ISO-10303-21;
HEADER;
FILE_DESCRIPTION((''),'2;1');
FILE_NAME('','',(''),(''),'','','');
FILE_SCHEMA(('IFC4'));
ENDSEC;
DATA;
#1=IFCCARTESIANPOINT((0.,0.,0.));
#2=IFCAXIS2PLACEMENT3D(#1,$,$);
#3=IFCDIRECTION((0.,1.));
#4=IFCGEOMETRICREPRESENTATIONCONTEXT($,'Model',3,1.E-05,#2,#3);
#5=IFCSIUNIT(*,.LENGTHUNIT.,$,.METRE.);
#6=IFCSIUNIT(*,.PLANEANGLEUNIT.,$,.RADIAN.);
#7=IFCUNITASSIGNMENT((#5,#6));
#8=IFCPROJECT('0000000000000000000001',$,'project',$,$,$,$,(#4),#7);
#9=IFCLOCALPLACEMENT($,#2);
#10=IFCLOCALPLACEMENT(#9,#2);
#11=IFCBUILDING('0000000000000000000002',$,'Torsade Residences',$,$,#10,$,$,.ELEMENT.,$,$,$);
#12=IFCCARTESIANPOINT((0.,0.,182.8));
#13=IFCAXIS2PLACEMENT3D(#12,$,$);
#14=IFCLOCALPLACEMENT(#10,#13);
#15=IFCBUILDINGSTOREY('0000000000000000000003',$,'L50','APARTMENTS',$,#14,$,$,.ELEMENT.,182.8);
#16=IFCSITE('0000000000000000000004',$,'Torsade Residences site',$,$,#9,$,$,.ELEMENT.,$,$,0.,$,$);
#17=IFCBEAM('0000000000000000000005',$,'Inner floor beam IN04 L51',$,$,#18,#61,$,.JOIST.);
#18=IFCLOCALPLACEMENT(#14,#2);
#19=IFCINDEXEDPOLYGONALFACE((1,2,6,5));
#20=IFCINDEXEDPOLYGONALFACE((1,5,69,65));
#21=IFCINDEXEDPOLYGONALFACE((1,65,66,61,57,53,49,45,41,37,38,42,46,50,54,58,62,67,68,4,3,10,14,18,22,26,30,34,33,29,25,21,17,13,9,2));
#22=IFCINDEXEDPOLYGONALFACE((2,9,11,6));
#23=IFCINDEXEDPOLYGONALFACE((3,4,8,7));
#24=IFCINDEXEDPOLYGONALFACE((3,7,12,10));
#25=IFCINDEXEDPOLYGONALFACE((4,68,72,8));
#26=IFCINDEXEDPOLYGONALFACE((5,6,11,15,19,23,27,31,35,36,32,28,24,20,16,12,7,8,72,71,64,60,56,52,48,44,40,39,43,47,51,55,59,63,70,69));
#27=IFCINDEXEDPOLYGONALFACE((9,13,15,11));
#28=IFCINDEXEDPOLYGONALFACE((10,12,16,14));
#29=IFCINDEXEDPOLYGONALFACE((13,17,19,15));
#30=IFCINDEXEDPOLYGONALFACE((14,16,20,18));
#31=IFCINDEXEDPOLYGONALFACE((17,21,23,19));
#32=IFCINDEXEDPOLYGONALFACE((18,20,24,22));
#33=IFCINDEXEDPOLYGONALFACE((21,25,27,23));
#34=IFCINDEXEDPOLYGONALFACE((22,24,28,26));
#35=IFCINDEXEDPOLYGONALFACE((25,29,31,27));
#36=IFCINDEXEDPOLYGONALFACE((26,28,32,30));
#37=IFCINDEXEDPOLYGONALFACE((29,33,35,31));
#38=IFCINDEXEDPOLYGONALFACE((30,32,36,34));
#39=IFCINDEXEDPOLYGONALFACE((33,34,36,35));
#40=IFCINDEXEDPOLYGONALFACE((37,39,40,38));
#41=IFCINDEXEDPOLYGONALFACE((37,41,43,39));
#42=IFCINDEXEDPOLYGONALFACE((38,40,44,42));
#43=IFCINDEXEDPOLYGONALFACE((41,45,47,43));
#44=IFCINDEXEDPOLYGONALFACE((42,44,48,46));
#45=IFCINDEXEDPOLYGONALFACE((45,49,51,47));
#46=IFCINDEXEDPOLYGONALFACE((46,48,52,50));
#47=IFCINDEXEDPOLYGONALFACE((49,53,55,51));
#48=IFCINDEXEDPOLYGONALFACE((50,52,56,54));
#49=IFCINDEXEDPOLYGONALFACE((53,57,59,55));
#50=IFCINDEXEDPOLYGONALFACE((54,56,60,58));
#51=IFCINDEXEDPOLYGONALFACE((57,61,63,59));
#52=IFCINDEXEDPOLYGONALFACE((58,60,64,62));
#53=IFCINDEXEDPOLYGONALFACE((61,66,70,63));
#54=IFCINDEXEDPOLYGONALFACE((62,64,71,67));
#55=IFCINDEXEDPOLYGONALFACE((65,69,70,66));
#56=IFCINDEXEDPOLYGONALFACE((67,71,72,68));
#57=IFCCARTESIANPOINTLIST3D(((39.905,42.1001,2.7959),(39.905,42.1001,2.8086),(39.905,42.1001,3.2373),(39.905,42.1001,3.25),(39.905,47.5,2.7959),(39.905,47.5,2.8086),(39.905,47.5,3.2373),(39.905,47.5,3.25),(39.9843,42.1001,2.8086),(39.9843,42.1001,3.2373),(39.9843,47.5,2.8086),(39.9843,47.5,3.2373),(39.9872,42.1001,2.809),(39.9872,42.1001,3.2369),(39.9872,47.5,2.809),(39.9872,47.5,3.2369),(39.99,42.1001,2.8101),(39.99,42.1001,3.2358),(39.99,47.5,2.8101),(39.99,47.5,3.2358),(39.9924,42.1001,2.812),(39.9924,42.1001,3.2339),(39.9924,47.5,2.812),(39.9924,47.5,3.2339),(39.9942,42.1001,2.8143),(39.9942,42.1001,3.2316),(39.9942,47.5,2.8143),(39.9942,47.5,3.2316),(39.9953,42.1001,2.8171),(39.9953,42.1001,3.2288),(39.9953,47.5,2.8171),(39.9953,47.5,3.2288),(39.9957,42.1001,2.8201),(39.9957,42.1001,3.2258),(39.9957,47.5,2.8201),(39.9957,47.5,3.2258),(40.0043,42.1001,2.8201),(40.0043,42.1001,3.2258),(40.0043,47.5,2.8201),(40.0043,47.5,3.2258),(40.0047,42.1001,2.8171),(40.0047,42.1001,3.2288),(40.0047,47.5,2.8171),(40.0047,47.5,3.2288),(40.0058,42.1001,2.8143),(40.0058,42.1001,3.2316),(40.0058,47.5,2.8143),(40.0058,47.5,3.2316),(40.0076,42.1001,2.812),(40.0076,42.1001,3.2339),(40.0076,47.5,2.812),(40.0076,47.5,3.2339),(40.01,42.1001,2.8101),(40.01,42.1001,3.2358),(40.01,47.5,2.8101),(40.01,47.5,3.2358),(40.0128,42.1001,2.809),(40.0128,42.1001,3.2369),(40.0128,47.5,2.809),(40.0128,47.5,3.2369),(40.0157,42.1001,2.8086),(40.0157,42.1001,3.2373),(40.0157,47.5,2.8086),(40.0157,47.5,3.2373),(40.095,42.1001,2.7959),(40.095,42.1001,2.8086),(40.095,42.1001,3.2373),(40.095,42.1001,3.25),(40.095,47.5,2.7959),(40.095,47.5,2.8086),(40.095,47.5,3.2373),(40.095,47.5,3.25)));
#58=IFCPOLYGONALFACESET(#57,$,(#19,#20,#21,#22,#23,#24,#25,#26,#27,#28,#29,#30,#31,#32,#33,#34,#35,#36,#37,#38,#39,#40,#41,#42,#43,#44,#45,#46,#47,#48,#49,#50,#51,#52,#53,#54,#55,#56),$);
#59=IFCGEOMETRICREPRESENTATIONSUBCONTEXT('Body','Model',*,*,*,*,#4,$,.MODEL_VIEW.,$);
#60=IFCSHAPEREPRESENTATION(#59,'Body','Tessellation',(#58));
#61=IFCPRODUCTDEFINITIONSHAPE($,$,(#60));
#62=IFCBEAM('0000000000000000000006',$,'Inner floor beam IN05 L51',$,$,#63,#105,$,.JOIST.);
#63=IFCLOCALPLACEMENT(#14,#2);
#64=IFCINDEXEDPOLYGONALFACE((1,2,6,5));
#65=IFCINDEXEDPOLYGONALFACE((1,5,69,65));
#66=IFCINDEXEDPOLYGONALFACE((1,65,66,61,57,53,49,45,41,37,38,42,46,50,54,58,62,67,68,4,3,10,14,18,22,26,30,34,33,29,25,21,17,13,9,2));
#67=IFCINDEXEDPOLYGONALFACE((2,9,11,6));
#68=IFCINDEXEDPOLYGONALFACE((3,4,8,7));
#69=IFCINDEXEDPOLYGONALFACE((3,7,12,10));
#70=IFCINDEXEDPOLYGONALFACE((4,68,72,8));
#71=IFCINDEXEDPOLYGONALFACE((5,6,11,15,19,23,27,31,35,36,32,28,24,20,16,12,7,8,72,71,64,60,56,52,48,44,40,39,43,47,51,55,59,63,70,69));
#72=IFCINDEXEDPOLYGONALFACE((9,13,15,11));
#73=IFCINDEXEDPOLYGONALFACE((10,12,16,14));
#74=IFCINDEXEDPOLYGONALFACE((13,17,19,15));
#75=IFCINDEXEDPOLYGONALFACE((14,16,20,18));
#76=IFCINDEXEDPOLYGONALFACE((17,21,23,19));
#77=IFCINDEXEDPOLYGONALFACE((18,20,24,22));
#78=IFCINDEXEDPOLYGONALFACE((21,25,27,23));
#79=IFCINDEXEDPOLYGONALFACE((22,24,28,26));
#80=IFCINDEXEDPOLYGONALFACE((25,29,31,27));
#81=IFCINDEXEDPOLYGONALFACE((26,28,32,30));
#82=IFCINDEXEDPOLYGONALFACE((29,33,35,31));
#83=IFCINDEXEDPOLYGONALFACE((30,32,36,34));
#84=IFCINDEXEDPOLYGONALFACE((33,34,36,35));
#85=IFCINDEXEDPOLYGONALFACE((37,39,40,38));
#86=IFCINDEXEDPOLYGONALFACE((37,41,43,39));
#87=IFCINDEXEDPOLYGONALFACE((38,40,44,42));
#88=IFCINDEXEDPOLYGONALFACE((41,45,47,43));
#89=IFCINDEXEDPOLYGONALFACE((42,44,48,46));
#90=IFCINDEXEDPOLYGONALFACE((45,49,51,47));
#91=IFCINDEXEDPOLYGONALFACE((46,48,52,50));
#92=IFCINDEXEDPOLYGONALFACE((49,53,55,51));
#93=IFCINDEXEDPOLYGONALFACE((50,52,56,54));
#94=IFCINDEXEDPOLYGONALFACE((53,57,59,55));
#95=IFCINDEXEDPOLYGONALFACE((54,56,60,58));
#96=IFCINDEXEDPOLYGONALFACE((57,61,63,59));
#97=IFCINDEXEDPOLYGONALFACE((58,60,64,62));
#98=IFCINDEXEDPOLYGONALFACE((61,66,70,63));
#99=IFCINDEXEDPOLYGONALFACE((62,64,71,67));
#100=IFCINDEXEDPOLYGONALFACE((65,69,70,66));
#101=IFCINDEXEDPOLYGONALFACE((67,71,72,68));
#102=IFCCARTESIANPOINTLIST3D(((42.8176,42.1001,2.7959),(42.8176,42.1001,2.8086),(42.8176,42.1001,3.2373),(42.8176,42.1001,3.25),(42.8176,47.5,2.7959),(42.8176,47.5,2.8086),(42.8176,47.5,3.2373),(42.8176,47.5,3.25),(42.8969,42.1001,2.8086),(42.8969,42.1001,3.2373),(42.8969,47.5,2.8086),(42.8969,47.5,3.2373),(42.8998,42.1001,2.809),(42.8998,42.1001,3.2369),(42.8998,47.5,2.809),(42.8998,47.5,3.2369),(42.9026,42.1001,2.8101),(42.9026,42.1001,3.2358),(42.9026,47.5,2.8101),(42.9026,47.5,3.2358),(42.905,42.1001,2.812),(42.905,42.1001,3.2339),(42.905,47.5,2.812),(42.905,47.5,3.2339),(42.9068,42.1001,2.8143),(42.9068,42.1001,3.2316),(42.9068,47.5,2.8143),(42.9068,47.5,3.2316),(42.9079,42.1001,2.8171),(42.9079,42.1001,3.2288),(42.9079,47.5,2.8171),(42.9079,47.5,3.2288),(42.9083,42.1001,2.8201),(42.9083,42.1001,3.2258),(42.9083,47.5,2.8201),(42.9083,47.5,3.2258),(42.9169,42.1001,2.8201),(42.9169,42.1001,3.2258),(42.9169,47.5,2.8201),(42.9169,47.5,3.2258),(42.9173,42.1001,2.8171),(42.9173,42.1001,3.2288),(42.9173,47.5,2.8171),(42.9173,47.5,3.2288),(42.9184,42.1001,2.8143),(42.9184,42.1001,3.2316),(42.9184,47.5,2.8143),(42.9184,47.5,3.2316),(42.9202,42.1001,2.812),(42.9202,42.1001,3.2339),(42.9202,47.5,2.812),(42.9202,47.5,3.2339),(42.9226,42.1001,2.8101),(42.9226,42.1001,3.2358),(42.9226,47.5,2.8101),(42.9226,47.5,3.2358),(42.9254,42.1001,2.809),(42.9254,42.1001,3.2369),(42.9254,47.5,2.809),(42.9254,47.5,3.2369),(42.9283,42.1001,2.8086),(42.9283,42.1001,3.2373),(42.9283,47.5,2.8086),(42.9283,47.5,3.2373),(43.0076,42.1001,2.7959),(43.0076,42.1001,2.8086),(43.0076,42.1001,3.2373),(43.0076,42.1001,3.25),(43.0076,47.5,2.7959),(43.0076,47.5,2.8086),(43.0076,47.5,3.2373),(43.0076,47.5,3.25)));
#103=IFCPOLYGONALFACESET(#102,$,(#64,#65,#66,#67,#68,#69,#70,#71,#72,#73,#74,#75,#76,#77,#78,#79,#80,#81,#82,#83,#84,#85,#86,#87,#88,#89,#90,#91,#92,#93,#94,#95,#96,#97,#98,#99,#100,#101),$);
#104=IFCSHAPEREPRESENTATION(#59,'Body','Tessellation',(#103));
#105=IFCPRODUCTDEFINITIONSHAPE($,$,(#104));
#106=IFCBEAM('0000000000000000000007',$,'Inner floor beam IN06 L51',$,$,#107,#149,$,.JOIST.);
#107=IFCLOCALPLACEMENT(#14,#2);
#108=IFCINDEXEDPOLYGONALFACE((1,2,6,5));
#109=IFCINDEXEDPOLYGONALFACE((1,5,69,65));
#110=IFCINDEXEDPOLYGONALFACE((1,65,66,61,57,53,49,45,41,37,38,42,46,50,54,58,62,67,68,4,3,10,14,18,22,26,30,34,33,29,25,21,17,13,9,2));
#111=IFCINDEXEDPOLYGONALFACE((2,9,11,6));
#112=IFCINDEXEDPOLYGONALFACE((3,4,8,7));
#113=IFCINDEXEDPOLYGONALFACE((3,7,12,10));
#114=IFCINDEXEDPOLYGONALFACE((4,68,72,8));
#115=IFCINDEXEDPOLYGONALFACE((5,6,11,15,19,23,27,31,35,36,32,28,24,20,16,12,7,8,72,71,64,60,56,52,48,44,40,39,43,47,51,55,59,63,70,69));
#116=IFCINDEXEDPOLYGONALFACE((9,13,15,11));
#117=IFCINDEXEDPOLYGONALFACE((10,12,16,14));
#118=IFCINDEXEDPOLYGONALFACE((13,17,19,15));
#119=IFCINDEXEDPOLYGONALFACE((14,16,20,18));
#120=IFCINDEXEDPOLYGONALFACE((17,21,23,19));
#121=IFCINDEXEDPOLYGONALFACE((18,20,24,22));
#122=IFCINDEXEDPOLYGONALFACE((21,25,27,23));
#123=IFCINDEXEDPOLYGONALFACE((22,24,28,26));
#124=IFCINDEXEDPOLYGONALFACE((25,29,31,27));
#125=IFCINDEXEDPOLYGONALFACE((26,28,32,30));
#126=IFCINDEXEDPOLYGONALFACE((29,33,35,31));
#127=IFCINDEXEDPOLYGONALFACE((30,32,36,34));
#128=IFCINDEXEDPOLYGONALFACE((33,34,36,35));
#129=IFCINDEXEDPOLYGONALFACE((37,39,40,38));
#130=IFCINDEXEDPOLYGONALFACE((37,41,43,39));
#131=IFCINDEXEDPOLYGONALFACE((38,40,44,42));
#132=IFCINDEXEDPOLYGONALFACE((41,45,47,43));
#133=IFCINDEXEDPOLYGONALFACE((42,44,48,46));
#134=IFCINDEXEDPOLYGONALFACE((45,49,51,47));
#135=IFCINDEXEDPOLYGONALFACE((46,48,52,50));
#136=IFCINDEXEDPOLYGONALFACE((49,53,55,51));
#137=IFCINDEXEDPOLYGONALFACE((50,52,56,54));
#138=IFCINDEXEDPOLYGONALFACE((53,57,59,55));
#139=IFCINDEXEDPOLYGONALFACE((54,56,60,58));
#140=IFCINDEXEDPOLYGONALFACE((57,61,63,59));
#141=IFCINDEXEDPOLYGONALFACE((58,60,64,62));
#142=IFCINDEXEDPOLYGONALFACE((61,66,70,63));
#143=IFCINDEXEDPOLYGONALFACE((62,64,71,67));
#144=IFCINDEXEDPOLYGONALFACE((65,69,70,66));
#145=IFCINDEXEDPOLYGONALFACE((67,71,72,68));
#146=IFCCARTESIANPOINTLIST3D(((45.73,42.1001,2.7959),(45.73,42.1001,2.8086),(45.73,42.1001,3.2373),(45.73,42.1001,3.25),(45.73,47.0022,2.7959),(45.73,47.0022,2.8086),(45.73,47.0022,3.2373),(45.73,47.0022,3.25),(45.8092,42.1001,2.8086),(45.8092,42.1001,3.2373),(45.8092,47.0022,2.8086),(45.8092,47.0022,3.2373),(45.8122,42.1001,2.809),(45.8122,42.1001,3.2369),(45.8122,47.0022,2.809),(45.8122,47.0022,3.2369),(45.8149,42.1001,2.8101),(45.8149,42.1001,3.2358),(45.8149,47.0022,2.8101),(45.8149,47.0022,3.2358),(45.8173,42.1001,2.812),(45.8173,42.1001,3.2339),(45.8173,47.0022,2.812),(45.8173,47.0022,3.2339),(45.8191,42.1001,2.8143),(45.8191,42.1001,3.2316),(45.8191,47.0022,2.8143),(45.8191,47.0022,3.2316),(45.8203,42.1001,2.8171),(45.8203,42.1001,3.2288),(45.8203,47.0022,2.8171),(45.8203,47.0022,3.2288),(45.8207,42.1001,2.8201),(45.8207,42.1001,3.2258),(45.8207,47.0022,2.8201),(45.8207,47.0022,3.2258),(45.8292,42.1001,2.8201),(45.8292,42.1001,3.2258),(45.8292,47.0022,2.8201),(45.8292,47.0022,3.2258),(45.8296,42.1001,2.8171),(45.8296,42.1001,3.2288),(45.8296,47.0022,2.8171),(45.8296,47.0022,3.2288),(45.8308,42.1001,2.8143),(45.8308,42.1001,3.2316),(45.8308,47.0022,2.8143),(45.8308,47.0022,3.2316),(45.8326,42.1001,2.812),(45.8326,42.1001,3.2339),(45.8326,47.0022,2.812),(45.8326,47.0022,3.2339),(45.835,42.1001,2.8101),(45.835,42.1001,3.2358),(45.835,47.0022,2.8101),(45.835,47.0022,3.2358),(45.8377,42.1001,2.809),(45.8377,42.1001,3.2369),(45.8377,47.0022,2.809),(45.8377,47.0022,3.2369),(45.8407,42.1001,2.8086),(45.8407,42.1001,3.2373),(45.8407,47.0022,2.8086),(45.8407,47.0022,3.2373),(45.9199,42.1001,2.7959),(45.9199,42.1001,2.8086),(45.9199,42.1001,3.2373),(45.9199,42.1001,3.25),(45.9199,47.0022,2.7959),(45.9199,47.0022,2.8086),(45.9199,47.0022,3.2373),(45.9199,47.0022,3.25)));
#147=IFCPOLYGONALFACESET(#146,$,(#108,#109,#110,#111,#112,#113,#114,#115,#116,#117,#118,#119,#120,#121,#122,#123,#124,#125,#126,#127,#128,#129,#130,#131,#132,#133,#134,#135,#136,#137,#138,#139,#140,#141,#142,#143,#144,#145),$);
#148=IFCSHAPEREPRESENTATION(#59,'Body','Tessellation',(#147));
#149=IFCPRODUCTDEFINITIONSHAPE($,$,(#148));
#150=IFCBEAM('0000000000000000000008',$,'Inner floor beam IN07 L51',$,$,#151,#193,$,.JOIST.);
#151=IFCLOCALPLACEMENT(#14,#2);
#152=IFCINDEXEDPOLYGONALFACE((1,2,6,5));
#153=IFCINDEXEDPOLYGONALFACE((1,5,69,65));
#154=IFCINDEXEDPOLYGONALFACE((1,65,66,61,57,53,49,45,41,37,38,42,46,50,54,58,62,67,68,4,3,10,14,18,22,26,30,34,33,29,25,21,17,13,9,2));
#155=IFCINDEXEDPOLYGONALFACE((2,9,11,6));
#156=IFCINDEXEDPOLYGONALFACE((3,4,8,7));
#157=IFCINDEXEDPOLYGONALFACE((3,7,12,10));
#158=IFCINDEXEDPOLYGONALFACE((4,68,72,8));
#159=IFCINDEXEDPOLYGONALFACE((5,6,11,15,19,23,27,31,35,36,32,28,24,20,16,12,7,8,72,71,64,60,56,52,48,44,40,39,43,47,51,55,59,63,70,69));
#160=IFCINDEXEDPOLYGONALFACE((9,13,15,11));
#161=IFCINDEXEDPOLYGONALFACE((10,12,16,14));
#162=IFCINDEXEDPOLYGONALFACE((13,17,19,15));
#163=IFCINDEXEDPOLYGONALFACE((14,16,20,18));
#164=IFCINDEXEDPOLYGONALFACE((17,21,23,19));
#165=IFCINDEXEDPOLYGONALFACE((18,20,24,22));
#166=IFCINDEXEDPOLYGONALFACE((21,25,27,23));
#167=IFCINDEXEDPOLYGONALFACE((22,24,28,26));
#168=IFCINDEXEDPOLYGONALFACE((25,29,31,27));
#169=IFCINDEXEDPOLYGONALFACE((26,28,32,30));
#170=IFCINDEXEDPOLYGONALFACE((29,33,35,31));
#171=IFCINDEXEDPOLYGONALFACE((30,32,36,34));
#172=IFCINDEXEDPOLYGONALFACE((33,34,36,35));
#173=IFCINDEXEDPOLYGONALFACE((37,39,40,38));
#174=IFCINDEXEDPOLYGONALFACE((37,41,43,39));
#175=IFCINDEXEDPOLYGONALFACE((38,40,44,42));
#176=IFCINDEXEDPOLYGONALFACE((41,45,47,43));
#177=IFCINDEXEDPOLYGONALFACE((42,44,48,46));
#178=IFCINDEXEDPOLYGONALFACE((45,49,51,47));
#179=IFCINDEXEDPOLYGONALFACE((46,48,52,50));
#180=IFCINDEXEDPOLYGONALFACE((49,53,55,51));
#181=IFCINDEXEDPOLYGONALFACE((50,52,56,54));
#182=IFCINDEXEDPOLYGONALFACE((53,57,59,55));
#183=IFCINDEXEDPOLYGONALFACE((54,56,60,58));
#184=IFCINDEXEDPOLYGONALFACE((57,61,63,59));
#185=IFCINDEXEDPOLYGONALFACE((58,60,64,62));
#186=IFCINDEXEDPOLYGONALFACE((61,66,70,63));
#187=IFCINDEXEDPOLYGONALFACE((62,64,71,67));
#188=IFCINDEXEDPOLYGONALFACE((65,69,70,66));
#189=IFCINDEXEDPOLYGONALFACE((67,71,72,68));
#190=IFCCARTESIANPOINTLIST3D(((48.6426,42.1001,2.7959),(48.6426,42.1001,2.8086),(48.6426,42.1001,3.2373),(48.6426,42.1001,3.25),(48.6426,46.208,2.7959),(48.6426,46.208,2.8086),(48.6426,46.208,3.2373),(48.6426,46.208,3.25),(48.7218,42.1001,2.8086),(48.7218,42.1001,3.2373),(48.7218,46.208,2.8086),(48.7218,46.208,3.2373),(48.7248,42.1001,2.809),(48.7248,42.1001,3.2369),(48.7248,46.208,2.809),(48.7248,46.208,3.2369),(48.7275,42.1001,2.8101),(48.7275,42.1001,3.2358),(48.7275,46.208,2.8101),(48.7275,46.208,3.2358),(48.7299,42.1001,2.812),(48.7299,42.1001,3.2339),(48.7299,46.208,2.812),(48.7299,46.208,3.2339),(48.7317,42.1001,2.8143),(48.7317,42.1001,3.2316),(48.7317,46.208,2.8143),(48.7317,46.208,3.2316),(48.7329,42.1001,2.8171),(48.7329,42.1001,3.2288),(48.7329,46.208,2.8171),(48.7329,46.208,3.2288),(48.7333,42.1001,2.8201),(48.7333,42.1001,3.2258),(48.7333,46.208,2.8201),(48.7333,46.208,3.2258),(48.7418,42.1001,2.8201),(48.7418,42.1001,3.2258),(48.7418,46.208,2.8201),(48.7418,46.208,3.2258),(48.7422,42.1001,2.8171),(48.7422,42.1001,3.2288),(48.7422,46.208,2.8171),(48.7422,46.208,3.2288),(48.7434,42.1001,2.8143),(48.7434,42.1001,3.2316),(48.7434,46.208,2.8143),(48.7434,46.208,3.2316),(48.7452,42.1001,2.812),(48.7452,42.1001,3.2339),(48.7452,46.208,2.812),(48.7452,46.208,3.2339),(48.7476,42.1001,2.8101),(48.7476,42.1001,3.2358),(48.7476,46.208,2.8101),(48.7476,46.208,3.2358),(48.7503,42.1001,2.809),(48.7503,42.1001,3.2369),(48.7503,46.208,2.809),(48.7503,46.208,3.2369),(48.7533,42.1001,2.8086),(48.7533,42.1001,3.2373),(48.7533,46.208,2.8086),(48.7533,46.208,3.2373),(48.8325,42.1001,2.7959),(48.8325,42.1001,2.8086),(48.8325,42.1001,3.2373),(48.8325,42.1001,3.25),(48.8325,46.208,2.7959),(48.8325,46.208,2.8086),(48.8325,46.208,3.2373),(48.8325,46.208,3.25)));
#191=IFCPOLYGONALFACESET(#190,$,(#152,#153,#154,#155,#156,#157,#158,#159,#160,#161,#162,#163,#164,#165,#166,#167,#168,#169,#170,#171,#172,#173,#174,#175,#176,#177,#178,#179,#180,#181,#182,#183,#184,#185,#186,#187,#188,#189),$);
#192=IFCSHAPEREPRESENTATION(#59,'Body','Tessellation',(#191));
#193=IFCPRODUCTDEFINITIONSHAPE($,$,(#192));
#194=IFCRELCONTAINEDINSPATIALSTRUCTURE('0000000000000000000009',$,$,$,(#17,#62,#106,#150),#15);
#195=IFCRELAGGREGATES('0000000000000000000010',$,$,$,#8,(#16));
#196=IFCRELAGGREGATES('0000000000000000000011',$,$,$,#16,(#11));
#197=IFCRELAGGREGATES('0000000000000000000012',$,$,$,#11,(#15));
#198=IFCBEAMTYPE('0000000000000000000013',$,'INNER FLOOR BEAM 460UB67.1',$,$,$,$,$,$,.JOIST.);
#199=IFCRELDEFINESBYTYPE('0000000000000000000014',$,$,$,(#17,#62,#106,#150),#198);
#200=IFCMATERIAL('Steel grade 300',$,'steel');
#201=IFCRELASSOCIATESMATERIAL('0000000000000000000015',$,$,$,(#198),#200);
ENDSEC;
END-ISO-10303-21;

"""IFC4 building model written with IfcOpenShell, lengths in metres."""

from ifc_helpers import new_model, si_unit, direction, frame, origin, origin_2d, place, context, subcontext, project, spatial, i_section, extrude, material, material_profile, profile_set, type_object, element, save


model = new_model("IFC4")

# Units and contexts
model_context = context("Model", 3, precision=1e-05, world=origin(), true_north=direction((0.0, 1.0)))
body_context = subcontext(model_context, "Body", "Model", "MODEL_VIEW")
ifc_project = project(units=[si_unit("LENGTHUNIT", "METRE"), si_unit("PLANEANGLEUNIT", "RADIAN")], contexts=[model_context])

# Site, building, storey
site_placement = place(None, origin())
site = spatial("IfcSite", under=ifc_project, at=site_placement, Name="Torsade Residences site", CompositionType="ELEMENT", RefElevation=0.0)
building_placement = place(site_placement, origin())
building = spatial("IfcBuilding", under=site, at=building_placement, Name="Torsade Residences", CompositionType="ELEMENT")
storey_placement = place(building_placement, frame((0.0, 0.0, 182.8)))
storey = spatial("IfcBuildingStorey", under=building, at=storey_placement, Name="L50", Description="APARTMENTS", CompositionType="ELEMENT", Elevation=182.8)

# Beams
ifc_material_1 = material(Name="Steel grade 300", Category="steel")
ifc_material_profile = material_profile(ifc_material_1, i_section(OverallWidth=0.1899, OverallDepth=0.4541, WebThickness=0.0085, FlangeThickness=0.0127, FilletRadius=0.0115, at=origin_2d()), Name="460UB67.1")
ifc_profile_set = profile_set([ifc_material_profile], Name="Steel grade 300")
beam_type = type_object("IfcBeamType", Name="INNER FLOOR BEAM 460UB67.1", PredefinedType="JOIST", material=ifc_profile_set)
for number, where, z_axis, x_axis, name in (
    (1, (40.0, 42.1001, 3.0229), (0.0, 1.0, 0.0), (-1.0, 0.0, 0.0), "Inner floor beam IN04 L51"),
    (2, (42.9126, 42.1001, 3.0229), (0.0, 1.0, 0.0), (-1.0, 0.0, 0.0), "Inner floor beam IN05 L51"),
):
    element("IfcBeam", number, at=place(storey_placement, frame(where, z_axis=z_axis, x_axis=x_axis)), inside=storey, type_object=beam_type, Name=name, PredefinedType="JOIST", context=body_context, shape_type="SweptSolid", body=[
        extrude(i_section(OverallWidth=0.1899, OverallDepth=0.4541, WebThickness=0.0085, FlangeThickness=0.0127, FilletRadius=0.0115, at=origin_2d()), origin(), (0.0, 0.0, 1.0), 5.3999),
    ])
beam_1_placement = place(storey_placement, frame((45.825, 42.1001, 3.0229), z_axis=(0.0, 1.0, 0.0), x_axis=(-1.0, 0.0, 0.0)))
element("IfcBeam", 3, at=beam_1_placement, inside=storey, type_object=beam_type, Name="Inner floor beam IN06 L51", PredefinedType="JOIST", context=body_context, shape_type="SweptSolid", body=[
    extrude(i_section(OverallWidth=0.1899, OverallDepth=0.4541, WebThickness=0.0085, FlangeThickness=0.0127, FilletRadius=0.0115, at=origin_2d()), origin(), (0.0, 0.0, 1.0), 4.9021),
])
beam_2_placement = place(storey_placement, frame((48.7375, 42.1001, 3.0229), z_axis=(0.0, 1.0, 0.0), x_axis=(-1.0, 0.0, 0.0)))
element("IfcBeam", 4, at=beam_2_placement, inside=storey, type_object=beam_type, Name="Inner floor beam IN07 L51", PredefinedType="JOIST", context=body_context, shape_type="SweptSolid", body=[
    extrude(i_section(OverallWidth=0.1899, OverallDepth=0.4541, WebThickness=0.0085, FlangeThickness=0.0127, FilletRadius=0.0115, at=origin_2d()), origin(), (0.0, 0.0, 1.0), 4.1079),
])

save(model, "model.ifc")
